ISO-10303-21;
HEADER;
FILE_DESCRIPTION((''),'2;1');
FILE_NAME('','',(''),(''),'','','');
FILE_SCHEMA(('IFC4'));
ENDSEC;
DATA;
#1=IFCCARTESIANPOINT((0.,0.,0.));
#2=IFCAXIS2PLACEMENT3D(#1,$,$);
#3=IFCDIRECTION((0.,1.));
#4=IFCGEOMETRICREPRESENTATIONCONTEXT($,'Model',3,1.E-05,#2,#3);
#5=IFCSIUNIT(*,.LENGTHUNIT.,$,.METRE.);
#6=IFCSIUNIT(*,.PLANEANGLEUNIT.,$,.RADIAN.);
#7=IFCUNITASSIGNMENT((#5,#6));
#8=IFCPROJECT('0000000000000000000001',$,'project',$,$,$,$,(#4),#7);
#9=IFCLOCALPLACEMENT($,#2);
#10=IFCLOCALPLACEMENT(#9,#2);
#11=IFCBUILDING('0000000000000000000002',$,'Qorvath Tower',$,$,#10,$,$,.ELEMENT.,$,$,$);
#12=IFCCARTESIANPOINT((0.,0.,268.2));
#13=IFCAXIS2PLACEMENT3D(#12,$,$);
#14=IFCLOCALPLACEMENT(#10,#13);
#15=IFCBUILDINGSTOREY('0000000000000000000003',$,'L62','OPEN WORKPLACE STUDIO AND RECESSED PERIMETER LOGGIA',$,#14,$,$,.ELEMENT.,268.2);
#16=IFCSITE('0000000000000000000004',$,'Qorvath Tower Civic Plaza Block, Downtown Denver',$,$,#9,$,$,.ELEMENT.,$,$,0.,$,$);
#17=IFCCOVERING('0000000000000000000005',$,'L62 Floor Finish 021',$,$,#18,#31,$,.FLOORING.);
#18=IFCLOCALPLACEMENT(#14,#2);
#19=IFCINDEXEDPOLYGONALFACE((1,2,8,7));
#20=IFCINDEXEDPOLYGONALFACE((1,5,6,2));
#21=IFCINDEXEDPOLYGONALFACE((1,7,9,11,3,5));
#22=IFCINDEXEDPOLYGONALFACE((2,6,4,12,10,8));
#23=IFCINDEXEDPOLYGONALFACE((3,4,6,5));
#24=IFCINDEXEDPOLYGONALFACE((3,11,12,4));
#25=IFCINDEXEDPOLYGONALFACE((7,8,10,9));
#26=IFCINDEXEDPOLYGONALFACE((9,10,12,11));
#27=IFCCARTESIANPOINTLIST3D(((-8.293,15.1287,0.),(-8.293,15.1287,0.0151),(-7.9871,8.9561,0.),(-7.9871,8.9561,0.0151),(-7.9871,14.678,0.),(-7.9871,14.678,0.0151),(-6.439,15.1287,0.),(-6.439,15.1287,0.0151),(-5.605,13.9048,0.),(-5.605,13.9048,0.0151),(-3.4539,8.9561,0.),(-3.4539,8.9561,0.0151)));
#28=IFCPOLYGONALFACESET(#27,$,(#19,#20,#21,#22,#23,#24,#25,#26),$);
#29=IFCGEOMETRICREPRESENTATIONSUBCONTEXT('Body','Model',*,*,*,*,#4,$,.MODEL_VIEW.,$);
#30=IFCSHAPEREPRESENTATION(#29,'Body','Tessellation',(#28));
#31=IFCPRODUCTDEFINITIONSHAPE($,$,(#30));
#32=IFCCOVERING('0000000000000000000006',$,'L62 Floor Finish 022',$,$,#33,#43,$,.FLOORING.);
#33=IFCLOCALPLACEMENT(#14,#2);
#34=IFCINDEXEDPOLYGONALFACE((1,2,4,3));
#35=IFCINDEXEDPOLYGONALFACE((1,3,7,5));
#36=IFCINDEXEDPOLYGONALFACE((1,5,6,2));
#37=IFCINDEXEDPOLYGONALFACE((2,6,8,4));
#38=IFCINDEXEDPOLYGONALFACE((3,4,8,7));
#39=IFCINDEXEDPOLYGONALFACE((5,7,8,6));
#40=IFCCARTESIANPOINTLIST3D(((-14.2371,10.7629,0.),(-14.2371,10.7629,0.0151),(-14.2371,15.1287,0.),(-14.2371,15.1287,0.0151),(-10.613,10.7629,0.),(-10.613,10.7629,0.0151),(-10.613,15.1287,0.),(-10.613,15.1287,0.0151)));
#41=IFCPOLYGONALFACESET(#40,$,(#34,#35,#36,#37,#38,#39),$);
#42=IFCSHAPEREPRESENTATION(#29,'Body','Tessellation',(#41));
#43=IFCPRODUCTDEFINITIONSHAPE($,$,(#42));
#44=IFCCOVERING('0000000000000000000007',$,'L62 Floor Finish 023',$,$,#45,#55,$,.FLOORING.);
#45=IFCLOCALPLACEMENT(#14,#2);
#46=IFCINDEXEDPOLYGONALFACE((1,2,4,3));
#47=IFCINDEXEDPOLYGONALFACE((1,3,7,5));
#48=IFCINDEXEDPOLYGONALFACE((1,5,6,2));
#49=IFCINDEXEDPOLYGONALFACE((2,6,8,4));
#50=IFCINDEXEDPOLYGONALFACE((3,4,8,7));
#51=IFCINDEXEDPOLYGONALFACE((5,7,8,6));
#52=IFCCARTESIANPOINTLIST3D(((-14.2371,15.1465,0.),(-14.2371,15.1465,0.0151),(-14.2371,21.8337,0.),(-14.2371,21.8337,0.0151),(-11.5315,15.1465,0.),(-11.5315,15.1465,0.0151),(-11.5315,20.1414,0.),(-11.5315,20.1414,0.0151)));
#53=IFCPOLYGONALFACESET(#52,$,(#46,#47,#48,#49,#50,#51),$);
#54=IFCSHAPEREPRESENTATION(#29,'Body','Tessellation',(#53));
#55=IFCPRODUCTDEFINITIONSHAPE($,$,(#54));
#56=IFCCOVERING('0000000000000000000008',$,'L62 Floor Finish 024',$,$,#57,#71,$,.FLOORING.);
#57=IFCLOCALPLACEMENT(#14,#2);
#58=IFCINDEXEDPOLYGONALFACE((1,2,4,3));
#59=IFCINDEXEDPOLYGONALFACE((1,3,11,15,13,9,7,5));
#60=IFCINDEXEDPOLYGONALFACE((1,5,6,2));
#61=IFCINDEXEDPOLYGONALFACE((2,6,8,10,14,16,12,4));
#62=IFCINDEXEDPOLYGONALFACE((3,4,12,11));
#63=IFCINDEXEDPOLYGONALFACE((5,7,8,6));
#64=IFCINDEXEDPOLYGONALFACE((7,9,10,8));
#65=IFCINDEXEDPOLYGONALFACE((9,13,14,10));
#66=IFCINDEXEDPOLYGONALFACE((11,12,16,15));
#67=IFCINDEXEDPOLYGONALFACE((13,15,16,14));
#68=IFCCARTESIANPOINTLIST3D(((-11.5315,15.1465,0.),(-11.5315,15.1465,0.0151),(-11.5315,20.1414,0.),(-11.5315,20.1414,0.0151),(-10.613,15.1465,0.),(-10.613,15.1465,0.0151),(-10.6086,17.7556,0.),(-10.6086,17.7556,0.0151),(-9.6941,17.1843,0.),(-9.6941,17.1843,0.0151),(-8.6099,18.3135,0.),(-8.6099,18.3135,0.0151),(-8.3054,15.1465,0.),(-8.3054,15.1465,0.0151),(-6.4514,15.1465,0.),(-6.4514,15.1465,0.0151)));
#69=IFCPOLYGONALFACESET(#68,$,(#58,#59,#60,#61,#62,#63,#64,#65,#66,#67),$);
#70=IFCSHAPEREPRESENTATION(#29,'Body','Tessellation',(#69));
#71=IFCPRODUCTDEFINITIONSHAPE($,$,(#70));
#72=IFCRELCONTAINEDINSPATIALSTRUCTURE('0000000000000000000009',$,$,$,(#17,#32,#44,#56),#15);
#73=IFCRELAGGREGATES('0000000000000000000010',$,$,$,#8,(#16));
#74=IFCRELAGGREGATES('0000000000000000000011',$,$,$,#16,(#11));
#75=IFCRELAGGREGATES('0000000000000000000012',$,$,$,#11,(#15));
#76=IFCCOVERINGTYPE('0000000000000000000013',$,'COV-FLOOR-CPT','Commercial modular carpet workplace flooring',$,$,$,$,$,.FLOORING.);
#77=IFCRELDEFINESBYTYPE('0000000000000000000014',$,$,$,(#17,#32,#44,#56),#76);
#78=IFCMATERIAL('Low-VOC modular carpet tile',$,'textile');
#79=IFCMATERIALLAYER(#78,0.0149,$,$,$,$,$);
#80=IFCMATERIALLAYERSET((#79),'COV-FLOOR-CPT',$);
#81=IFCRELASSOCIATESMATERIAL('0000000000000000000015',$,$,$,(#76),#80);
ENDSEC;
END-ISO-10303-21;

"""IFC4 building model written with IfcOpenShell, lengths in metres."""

from ifc_helpers import new_model, si_unit, direction, frame, origin, place, context, subcontext, project, spatial, polyline, outline, extrude, material, layer, layer_set, type_object, element, save


model = new_model("IFC4")

# Units and contexts
model_context = context("Model", 3, precision=1e-05, world=origin(), true_north=direction((0.0, 1.0)))
body_context = subcontext(model_context, "Body", "Model", "MODEL_VIEW")
ifc_project = project(units=[si_unit("LENGTHUNIT", "METRE"), si_unit("PLANEANGLEUNIT", "RADIAN")], contexts=[model_context])

# Site, building, storey
site_placement = place(None, origin())
site = spatial("IfcSite", under=ifc_project, at=site_placement, Name="Qorvath Tower Civic Plaza Block, Downtown Denver", CompositionType="ELEMENT", RefElevation=0.0)
building_placement = place(site_placement, origin())
building = spatial("IfcBuilding", under=site, at=building_placement, Name="Qorvath Tower", CompositionType="ELEMENT")
storey_placement = place(building_placement, frame((0.0, 0.0, 268.2)))
storey = spatial("IfcBuildingStorey", under=building, at=storey_placement, Name="L62", Description="OPEN WORKPLACE STUDIO AND RECESSED PERIMETER LOGGIA", CompositionType="ELEMENT", Elevation=268.2)

# Coverings
ifc_material_1 = material(Name="Low-VOC modular carpet tile", Category="textile")
ifc_layer_1 = layer(ifc_material_1, 0.0149)
ifc_layer_set_1 = layer_set([ifc_layer_1], Name="COV-FLOOR-CPT")
covering_type_1 = type_object("IfcCoveringType", Name="COV-FLOOR-CPT", Description="Commercial modular carpet workplace flooring", PredefinedType="FLOORING", material=ifc_layer_set_1)
covering_1_placement = place(storey_placement, origin())
element("IfcCovering", 1, at=covering_1_placement, inside=storey, type_object=covering_type_1, Name="L62 Floor Finish 021", PredefinedType="FLOORING", context=body_context, shape_type="SweptSolid", body=[
    extrude(outline(polyline([(-3.4539, 8.9561), (-5.605, 13.9048), (-6.439, 15.1287), (-8.293, 15.1287), (-7.9871, 14.678), (-7.9871, 8.9561), (-3.4539, 8.9561)])), origin(), (0.0, 0.0, 1.0), 0.0151),
])
covering_2_placement = place(storey_placement, origin())
element("IfcCovering", 2, at=covering_2_placement, inside=storey, type_object=covering_type_1, Name="L62 Floor Finish 022", PredefinedType="FLOORING", context=body_context, shape_type="SweptSolid", body=[
    extrude(outline(polyline([(-10.613, 10.7629), (-10.613, 15.1287), (-14.2371, 15.1287), (-14.2371, 10.7629), (-10.613, 10.7629)])), origin(), (0.0, 0.0, 1.0), 0.0151),
])
covering_3_placement = place(storey_placement, origin())
element("IfcCovering", 3, at=covering_3_placement, inside=storey, type_object=covering_type_1, Name="L62 Floor Finish 023", PredefinedType="FLOORING", context=body_context, shape_type="SweptSolid", body=[
    extrude(outline(polyline([(-11.5315, 15.1465), (-11.5315, 20.1414), (-14.2371, 21.8337), (-14.2371, 15.1465), (-11.5315, 15.1465)])), origin(), (0.0, 0.0, 1.0), 0.0151),
])
covering_4_placement = place(storey_placement, origin())
element("IfcCovering", 4, at=covering_4_placement, inside=storey, type_object=covering_type_1, Name="L62 Floor Finish 024", PredefinedType="FLOORING", context=body_context, shape_type="SweptSolid", body=[
    extrude(outline(polyline([(-8.3054, 15.1465), (-6.4514, 15.1465), (-8.6099, 18.3135), (-11.5315, 20.1414), (-11.5315, 15.1465), (-10.613, 15.1465), (-10.6086, 17.7556), (-9.6941, 17.1843), (-8.3054, 15.1465)])), origin(), (0.0, 0.0, 1.0), 0.0151),
])

save(model, "model.ifc")
